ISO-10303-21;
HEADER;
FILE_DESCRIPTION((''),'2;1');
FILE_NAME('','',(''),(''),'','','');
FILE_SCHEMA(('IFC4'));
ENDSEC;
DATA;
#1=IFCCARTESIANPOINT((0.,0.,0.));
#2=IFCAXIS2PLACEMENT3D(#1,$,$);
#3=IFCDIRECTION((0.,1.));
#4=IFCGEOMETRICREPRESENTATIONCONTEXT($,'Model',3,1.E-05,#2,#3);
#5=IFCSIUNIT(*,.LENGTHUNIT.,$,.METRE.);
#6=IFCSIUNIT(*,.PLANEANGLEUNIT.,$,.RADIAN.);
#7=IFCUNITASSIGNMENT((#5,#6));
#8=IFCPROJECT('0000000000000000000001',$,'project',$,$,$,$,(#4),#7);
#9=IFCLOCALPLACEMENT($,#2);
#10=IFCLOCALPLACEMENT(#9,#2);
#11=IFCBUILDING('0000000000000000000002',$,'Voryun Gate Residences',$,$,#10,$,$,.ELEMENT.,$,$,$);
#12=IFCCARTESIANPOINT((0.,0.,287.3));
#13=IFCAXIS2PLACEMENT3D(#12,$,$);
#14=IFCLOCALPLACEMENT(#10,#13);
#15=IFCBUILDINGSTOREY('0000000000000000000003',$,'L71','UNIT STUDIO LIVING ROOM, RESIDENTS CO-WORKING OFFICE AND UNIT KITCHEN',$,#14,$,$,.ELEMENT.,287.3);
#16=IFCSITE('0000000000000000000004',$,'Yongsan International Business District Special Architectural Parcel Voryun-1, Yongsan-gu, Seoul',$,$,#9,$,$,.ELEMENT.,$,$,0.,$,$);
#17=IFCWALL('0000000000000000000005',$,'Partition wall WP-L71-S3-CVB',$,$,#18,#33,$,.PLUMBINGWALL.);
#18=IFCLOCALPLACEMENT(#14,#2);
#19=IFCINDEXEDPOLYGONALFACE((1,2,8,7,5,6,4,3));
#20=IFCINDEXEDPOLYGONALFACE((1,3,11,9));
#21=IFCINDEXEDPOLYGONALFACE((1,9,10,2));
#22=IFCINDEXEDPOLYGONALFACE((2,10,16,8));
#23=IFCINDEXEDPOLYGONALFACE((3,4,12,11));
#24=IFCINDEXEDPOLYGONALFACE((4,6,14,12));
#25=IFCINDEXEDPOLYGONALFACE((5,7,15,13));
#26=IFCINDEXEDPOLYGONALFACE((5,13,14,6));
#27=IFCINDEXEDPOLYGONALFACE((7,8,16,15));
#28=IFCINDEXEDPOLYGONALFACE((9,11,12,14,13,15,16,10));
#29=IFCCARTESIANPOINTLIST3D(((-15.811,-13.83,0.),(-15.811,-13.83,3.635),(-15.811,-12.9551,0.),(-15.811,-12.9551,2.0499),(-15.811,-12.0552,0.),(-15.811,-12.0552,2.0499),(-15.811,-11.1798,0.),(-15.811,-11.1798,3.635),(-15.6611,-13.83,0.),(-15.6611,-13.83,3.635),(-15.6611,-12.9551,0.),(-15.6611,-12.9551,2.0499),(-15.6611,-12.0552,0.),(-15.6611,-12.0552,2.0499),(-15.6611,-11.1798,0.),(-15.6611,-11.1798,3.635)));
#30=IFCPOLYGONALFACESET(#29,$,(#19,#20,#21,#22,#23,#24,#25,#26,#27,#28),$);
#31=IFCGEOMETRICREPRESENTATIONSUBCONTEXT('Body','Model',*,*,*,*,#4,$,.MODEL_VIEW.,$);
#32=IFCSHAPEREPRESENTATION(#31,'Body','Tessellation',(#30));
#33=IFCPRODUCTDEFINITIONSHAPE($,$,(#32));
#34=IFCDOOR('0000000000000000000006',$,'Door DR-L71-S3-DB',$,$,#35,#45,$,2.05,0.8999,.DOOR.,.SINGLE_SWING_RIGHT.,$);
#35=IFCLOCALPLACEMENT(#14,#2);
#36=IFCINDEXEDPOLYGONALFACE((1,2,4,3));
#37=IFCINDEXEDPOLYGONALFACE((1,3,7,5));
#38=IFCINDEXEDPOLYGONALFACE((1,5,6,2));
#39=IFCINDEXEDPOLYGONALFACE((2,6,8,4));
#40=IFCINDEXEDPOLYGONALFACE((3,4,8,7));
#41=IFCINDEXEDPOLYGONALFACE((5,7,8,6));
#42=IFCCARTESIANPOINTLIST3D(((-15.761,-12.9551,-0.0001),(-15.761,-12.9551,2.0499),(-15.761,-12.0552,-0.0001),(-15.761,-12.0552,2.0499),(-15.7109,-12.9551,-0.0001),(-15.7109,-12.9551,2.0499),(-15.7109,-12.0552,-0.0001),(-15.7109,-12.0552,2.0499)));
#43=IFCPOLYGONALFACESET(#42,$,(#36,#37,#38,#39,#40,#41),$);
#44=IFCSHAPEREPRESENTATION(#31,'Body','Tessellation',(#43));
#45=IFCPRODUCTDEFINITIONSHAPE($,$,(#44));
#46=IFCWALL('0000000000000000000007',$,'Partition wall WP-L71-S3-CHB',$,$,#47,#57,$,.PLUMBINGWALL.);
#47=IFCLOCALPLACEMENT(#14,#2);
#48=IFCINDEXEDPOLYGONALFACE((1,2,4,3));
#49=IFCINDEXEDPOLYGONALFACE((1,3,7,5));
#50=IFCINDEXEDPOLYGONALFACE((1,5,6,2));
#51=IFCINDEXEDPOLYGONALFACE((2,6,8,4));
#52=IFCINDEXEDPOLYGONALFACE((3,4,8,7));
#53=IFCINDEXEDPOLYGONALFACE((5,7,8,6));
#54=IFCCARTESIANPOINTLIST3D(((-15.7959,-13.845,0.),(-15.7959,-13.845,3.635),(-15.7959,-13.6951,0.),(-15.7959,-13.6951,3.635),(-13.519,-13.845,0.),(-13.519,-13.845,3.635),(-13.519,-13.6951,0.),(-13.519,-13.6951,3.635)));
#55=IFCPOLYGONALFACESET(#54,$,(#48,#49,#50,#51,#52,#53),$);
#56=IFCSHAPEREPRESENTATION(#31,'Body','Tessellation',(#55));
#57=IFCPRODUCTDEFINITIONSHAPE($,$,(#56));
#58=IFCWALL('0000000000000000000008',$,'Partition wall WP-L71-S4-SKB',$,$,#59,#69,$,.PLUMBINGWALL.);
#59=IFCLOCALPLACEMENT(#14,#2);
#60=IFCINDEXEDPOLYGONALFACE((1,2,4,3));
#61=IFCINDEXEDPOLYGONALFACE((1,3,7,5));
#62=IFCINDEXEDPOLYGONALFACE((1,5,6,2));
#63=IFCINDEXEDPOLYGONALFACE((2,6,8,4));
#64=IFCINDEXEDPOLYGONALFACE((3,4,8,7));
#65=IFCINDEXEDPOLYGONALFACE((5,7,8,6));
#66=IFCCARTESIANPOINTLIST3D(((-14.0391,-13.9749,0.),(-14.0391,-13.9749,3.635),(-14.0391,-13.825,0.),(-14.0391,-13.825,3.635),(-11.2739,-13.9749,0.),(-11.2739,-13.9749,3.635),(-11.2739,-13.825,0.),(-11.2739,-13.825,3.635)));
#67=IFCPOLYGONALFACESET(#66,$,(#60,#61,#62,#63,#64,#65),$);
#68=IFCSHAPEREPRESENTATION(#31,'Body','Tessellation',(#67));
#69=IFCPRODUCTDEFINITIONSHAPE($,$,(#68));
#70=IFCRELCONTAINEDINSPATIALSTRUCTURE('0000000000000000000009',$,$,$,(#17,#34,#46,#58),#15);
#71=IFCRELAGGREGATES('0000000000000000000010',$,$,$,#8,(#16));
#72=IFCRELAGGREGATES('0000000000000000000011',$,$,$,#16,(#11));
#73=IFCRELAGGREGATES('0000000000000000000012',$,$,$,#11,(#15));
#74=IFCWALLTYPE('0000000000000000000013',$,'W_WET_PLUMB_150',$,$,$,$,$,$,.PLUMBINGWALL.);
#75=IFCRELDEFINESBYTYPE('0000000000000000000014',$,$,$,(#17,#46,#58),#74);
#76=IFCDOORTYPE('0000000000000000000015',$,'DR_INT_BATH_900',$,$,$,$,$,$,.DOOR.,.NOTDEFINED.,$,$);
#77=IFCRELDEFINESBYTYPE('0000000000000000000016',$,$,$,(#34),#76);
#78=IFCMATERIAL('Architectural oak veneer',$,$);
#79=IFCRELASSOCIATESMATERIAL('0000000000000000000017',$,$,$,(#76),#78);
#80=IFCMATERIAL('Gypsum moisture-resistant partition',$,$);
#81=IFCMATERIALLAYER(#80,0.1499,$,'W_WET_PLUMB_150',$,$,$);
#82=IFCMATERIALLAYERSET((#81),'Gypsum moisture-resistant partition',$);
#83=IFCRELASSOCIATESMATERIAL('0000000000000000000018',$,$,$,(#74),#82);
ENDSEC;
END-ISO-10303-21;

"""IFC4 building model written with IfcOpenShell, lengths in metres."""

from ifc_helpers import new_model, si_unit, direction, frame, frame_2d, origin, place, context, subcontext, project, spatial, rectangle, extrude, material, layer, layer_set, type_object, element, fill, save


model = new_model("IFC4")

# Units and contexts
model_context = context("Model", 3, precision=1e-05, world=origin(), true_north=direction((0.0, 1.0)))
body_context = subcontext(model_context, "Body", "Model", "MODEL_VIEW")
ifc_project = project(units=[si_unit("LENGTHUNIT", "METRE"), si_unit("PLANEANGLEUNIT", "RADIAN")], contexts=[model_context])

# Site, building, storey
site_placement = place(None, origin())
site = spatial("IfcSite", under=ifc_project, at=site_placement, Name="Yongsan International Business District Special Architectural Parcel Voryun-1, Yongsan-gu, Seoul", CompositionType="ELEMENT", RefElevation=0.0)
building_placement = place(site_placement, origin())
building = spatial("IfcBuilding", under=site, at=building_placement, Name="Voryun Gate Residences", CompositionType="ELEMENT")
storey_placement = place(building_placement, frame((0.0, 0.0, 287.3)))
storey = spatial("IfcBuildingStorey", under=building, at=storey_placement, Name="L71", Description="UNIT STUDIO LIVING ROOM, RESIDENTS CO-WORKING OFFICE AND UNIT KITCHEN", CompositionType="ELEMENT", Elevation=287.3)

# Wall, opening, door
ifc_material_1 = material(Name="Architectural oak veneer")
door_type = type_object("IfcDoorType", Name="DR_INT_BATH_900", OperationType="NOTDEFINED", PredefinedType="DOOR", material=ifc_material_1)
ifc_material_2 = material(Name="Gypsum moisture-resistant partition")
ifc_layer_1 = layer(ifc_material_2, 0.1499, Name="W_WET_PLUMB_150")
ifc_layer_set_1 = layer_set([ifc_layer_1], Name="Gypsum moisture-resistant partition")
wall_type_1 = type_object("IfcWallType", Name="W_WET_PLUMB_150", PredefinedType="PLUMBINGWALL", material=ifc_layer_set_1)
wall_1_placement = place(storey_placement, frame((-15.7361, -13.8301, 0.0), z_axis=(0.0, 0.0, 1.0), x_axis=(0.0, 1.0, 0.0)))
wall_1 = element("IfcWall", 1, at=wall_1_placement, inside=storey, type_object=wall_type_1, Name="Partition wall WP-L71-S3-CVB", PredefinedType="PLUMBINGWALL", context=body_context, shape_type="SweptSolid", body=[
    extrude(rectangle(XDim=2.6501, YDim=0.1499, at=frame_2d((1.3252, 0.0))), origin(), (0.0, 0.0, 1.0), 3.635),
])
opening_1_placement = place(wall_1_placement, frame((0.875, 0.0, 0.0)))
opening_1 = element("IfcOpeningElement", 2, at=opening_1_placement, cuts=wall_1, PredefinedType="OPENING", context=body_context, shape_type="SweptSolid", body=[
    extrude(rectangle(XDim=0.8999, YDim=2.05, at=frame_2d((0.45, 1.0249))), frame((0.0, 0.085, 0.0), z_axis=(0.0, -1.0, 0.0), x_axis=(1.0, 0.0, 0.0)), (0.0, 0.0, 1.0), 0.1699),
])
door_1_placement = place(opening_1_placement, origin())
door_1 = element("IfcDoor", 3, at=door_1_placement, inside=storey, type_object=door_type, Name="Door DR-L71-S3-DB", OperationType="SINGLE_SWING_RIGHT", OverallHeight=2.05, OverallWidth=0.8999, PredefinedType="DOOR", context=body_context, shape_type="SweptSolid", body=[
    extrude(rectangle(XDim=0.8999, YDim=2.05, at=frame_2d((0.45, 1.0249))), frame((0.0, 0.0249, 0.0), z_axis=(0.0, -1.0, 0.0), x_axis=(1.0, 0.0, 0.0)), (0.0, 0.0, 1.0), 0.05),
])
fill(opening_1, door_1)

# Walls
wall_2_placement = place(storey_placement, frame((-15.7959, -13.77, 0.0), z_axis=(0.0, 0.0, 1.0), x_axis=(1.0, 0.0, 0.0)))
element("IfcWall", 4, at=wall_2_placement, inside=storey, type_object=wall_type_1, Name="Partition wall WP-L71-S3-CHB", PredefinedType="PLUMBINGWALL", context=body_context, shape_type="SweptSolid", body=[
    extrude(rectangle(XDim=2.2769, YDim=0.1499, at=frame_2d((1.1384, 0.0))), origin(), (0.0, 0.0, 1.0), 3.635),
])
wall_3_placement = place(storey_placement, frame((-14.0391, -13.8999, 0.0), z_axis=(0.0, 0.0, 1.0), x_axis=(1.0, 0.0, 0.0)))
element("IfcWall", 5, at=wall_3_placement, inside=storey, type_object=wall_type_1, Name="Partition wall WP-L71-S4-SKB", PredefinedType="PLUMBINGWALL", context=body_context, shape_type="SweptSolid", body=[
    extrude(rectangle(XDim=2.7651, YDim=0.1499, at=frame_2d((1.3826, 0.0))), origin(), (0.0, 0.0, 1.0), 3.635),
])

save(model, "model.ifc")
